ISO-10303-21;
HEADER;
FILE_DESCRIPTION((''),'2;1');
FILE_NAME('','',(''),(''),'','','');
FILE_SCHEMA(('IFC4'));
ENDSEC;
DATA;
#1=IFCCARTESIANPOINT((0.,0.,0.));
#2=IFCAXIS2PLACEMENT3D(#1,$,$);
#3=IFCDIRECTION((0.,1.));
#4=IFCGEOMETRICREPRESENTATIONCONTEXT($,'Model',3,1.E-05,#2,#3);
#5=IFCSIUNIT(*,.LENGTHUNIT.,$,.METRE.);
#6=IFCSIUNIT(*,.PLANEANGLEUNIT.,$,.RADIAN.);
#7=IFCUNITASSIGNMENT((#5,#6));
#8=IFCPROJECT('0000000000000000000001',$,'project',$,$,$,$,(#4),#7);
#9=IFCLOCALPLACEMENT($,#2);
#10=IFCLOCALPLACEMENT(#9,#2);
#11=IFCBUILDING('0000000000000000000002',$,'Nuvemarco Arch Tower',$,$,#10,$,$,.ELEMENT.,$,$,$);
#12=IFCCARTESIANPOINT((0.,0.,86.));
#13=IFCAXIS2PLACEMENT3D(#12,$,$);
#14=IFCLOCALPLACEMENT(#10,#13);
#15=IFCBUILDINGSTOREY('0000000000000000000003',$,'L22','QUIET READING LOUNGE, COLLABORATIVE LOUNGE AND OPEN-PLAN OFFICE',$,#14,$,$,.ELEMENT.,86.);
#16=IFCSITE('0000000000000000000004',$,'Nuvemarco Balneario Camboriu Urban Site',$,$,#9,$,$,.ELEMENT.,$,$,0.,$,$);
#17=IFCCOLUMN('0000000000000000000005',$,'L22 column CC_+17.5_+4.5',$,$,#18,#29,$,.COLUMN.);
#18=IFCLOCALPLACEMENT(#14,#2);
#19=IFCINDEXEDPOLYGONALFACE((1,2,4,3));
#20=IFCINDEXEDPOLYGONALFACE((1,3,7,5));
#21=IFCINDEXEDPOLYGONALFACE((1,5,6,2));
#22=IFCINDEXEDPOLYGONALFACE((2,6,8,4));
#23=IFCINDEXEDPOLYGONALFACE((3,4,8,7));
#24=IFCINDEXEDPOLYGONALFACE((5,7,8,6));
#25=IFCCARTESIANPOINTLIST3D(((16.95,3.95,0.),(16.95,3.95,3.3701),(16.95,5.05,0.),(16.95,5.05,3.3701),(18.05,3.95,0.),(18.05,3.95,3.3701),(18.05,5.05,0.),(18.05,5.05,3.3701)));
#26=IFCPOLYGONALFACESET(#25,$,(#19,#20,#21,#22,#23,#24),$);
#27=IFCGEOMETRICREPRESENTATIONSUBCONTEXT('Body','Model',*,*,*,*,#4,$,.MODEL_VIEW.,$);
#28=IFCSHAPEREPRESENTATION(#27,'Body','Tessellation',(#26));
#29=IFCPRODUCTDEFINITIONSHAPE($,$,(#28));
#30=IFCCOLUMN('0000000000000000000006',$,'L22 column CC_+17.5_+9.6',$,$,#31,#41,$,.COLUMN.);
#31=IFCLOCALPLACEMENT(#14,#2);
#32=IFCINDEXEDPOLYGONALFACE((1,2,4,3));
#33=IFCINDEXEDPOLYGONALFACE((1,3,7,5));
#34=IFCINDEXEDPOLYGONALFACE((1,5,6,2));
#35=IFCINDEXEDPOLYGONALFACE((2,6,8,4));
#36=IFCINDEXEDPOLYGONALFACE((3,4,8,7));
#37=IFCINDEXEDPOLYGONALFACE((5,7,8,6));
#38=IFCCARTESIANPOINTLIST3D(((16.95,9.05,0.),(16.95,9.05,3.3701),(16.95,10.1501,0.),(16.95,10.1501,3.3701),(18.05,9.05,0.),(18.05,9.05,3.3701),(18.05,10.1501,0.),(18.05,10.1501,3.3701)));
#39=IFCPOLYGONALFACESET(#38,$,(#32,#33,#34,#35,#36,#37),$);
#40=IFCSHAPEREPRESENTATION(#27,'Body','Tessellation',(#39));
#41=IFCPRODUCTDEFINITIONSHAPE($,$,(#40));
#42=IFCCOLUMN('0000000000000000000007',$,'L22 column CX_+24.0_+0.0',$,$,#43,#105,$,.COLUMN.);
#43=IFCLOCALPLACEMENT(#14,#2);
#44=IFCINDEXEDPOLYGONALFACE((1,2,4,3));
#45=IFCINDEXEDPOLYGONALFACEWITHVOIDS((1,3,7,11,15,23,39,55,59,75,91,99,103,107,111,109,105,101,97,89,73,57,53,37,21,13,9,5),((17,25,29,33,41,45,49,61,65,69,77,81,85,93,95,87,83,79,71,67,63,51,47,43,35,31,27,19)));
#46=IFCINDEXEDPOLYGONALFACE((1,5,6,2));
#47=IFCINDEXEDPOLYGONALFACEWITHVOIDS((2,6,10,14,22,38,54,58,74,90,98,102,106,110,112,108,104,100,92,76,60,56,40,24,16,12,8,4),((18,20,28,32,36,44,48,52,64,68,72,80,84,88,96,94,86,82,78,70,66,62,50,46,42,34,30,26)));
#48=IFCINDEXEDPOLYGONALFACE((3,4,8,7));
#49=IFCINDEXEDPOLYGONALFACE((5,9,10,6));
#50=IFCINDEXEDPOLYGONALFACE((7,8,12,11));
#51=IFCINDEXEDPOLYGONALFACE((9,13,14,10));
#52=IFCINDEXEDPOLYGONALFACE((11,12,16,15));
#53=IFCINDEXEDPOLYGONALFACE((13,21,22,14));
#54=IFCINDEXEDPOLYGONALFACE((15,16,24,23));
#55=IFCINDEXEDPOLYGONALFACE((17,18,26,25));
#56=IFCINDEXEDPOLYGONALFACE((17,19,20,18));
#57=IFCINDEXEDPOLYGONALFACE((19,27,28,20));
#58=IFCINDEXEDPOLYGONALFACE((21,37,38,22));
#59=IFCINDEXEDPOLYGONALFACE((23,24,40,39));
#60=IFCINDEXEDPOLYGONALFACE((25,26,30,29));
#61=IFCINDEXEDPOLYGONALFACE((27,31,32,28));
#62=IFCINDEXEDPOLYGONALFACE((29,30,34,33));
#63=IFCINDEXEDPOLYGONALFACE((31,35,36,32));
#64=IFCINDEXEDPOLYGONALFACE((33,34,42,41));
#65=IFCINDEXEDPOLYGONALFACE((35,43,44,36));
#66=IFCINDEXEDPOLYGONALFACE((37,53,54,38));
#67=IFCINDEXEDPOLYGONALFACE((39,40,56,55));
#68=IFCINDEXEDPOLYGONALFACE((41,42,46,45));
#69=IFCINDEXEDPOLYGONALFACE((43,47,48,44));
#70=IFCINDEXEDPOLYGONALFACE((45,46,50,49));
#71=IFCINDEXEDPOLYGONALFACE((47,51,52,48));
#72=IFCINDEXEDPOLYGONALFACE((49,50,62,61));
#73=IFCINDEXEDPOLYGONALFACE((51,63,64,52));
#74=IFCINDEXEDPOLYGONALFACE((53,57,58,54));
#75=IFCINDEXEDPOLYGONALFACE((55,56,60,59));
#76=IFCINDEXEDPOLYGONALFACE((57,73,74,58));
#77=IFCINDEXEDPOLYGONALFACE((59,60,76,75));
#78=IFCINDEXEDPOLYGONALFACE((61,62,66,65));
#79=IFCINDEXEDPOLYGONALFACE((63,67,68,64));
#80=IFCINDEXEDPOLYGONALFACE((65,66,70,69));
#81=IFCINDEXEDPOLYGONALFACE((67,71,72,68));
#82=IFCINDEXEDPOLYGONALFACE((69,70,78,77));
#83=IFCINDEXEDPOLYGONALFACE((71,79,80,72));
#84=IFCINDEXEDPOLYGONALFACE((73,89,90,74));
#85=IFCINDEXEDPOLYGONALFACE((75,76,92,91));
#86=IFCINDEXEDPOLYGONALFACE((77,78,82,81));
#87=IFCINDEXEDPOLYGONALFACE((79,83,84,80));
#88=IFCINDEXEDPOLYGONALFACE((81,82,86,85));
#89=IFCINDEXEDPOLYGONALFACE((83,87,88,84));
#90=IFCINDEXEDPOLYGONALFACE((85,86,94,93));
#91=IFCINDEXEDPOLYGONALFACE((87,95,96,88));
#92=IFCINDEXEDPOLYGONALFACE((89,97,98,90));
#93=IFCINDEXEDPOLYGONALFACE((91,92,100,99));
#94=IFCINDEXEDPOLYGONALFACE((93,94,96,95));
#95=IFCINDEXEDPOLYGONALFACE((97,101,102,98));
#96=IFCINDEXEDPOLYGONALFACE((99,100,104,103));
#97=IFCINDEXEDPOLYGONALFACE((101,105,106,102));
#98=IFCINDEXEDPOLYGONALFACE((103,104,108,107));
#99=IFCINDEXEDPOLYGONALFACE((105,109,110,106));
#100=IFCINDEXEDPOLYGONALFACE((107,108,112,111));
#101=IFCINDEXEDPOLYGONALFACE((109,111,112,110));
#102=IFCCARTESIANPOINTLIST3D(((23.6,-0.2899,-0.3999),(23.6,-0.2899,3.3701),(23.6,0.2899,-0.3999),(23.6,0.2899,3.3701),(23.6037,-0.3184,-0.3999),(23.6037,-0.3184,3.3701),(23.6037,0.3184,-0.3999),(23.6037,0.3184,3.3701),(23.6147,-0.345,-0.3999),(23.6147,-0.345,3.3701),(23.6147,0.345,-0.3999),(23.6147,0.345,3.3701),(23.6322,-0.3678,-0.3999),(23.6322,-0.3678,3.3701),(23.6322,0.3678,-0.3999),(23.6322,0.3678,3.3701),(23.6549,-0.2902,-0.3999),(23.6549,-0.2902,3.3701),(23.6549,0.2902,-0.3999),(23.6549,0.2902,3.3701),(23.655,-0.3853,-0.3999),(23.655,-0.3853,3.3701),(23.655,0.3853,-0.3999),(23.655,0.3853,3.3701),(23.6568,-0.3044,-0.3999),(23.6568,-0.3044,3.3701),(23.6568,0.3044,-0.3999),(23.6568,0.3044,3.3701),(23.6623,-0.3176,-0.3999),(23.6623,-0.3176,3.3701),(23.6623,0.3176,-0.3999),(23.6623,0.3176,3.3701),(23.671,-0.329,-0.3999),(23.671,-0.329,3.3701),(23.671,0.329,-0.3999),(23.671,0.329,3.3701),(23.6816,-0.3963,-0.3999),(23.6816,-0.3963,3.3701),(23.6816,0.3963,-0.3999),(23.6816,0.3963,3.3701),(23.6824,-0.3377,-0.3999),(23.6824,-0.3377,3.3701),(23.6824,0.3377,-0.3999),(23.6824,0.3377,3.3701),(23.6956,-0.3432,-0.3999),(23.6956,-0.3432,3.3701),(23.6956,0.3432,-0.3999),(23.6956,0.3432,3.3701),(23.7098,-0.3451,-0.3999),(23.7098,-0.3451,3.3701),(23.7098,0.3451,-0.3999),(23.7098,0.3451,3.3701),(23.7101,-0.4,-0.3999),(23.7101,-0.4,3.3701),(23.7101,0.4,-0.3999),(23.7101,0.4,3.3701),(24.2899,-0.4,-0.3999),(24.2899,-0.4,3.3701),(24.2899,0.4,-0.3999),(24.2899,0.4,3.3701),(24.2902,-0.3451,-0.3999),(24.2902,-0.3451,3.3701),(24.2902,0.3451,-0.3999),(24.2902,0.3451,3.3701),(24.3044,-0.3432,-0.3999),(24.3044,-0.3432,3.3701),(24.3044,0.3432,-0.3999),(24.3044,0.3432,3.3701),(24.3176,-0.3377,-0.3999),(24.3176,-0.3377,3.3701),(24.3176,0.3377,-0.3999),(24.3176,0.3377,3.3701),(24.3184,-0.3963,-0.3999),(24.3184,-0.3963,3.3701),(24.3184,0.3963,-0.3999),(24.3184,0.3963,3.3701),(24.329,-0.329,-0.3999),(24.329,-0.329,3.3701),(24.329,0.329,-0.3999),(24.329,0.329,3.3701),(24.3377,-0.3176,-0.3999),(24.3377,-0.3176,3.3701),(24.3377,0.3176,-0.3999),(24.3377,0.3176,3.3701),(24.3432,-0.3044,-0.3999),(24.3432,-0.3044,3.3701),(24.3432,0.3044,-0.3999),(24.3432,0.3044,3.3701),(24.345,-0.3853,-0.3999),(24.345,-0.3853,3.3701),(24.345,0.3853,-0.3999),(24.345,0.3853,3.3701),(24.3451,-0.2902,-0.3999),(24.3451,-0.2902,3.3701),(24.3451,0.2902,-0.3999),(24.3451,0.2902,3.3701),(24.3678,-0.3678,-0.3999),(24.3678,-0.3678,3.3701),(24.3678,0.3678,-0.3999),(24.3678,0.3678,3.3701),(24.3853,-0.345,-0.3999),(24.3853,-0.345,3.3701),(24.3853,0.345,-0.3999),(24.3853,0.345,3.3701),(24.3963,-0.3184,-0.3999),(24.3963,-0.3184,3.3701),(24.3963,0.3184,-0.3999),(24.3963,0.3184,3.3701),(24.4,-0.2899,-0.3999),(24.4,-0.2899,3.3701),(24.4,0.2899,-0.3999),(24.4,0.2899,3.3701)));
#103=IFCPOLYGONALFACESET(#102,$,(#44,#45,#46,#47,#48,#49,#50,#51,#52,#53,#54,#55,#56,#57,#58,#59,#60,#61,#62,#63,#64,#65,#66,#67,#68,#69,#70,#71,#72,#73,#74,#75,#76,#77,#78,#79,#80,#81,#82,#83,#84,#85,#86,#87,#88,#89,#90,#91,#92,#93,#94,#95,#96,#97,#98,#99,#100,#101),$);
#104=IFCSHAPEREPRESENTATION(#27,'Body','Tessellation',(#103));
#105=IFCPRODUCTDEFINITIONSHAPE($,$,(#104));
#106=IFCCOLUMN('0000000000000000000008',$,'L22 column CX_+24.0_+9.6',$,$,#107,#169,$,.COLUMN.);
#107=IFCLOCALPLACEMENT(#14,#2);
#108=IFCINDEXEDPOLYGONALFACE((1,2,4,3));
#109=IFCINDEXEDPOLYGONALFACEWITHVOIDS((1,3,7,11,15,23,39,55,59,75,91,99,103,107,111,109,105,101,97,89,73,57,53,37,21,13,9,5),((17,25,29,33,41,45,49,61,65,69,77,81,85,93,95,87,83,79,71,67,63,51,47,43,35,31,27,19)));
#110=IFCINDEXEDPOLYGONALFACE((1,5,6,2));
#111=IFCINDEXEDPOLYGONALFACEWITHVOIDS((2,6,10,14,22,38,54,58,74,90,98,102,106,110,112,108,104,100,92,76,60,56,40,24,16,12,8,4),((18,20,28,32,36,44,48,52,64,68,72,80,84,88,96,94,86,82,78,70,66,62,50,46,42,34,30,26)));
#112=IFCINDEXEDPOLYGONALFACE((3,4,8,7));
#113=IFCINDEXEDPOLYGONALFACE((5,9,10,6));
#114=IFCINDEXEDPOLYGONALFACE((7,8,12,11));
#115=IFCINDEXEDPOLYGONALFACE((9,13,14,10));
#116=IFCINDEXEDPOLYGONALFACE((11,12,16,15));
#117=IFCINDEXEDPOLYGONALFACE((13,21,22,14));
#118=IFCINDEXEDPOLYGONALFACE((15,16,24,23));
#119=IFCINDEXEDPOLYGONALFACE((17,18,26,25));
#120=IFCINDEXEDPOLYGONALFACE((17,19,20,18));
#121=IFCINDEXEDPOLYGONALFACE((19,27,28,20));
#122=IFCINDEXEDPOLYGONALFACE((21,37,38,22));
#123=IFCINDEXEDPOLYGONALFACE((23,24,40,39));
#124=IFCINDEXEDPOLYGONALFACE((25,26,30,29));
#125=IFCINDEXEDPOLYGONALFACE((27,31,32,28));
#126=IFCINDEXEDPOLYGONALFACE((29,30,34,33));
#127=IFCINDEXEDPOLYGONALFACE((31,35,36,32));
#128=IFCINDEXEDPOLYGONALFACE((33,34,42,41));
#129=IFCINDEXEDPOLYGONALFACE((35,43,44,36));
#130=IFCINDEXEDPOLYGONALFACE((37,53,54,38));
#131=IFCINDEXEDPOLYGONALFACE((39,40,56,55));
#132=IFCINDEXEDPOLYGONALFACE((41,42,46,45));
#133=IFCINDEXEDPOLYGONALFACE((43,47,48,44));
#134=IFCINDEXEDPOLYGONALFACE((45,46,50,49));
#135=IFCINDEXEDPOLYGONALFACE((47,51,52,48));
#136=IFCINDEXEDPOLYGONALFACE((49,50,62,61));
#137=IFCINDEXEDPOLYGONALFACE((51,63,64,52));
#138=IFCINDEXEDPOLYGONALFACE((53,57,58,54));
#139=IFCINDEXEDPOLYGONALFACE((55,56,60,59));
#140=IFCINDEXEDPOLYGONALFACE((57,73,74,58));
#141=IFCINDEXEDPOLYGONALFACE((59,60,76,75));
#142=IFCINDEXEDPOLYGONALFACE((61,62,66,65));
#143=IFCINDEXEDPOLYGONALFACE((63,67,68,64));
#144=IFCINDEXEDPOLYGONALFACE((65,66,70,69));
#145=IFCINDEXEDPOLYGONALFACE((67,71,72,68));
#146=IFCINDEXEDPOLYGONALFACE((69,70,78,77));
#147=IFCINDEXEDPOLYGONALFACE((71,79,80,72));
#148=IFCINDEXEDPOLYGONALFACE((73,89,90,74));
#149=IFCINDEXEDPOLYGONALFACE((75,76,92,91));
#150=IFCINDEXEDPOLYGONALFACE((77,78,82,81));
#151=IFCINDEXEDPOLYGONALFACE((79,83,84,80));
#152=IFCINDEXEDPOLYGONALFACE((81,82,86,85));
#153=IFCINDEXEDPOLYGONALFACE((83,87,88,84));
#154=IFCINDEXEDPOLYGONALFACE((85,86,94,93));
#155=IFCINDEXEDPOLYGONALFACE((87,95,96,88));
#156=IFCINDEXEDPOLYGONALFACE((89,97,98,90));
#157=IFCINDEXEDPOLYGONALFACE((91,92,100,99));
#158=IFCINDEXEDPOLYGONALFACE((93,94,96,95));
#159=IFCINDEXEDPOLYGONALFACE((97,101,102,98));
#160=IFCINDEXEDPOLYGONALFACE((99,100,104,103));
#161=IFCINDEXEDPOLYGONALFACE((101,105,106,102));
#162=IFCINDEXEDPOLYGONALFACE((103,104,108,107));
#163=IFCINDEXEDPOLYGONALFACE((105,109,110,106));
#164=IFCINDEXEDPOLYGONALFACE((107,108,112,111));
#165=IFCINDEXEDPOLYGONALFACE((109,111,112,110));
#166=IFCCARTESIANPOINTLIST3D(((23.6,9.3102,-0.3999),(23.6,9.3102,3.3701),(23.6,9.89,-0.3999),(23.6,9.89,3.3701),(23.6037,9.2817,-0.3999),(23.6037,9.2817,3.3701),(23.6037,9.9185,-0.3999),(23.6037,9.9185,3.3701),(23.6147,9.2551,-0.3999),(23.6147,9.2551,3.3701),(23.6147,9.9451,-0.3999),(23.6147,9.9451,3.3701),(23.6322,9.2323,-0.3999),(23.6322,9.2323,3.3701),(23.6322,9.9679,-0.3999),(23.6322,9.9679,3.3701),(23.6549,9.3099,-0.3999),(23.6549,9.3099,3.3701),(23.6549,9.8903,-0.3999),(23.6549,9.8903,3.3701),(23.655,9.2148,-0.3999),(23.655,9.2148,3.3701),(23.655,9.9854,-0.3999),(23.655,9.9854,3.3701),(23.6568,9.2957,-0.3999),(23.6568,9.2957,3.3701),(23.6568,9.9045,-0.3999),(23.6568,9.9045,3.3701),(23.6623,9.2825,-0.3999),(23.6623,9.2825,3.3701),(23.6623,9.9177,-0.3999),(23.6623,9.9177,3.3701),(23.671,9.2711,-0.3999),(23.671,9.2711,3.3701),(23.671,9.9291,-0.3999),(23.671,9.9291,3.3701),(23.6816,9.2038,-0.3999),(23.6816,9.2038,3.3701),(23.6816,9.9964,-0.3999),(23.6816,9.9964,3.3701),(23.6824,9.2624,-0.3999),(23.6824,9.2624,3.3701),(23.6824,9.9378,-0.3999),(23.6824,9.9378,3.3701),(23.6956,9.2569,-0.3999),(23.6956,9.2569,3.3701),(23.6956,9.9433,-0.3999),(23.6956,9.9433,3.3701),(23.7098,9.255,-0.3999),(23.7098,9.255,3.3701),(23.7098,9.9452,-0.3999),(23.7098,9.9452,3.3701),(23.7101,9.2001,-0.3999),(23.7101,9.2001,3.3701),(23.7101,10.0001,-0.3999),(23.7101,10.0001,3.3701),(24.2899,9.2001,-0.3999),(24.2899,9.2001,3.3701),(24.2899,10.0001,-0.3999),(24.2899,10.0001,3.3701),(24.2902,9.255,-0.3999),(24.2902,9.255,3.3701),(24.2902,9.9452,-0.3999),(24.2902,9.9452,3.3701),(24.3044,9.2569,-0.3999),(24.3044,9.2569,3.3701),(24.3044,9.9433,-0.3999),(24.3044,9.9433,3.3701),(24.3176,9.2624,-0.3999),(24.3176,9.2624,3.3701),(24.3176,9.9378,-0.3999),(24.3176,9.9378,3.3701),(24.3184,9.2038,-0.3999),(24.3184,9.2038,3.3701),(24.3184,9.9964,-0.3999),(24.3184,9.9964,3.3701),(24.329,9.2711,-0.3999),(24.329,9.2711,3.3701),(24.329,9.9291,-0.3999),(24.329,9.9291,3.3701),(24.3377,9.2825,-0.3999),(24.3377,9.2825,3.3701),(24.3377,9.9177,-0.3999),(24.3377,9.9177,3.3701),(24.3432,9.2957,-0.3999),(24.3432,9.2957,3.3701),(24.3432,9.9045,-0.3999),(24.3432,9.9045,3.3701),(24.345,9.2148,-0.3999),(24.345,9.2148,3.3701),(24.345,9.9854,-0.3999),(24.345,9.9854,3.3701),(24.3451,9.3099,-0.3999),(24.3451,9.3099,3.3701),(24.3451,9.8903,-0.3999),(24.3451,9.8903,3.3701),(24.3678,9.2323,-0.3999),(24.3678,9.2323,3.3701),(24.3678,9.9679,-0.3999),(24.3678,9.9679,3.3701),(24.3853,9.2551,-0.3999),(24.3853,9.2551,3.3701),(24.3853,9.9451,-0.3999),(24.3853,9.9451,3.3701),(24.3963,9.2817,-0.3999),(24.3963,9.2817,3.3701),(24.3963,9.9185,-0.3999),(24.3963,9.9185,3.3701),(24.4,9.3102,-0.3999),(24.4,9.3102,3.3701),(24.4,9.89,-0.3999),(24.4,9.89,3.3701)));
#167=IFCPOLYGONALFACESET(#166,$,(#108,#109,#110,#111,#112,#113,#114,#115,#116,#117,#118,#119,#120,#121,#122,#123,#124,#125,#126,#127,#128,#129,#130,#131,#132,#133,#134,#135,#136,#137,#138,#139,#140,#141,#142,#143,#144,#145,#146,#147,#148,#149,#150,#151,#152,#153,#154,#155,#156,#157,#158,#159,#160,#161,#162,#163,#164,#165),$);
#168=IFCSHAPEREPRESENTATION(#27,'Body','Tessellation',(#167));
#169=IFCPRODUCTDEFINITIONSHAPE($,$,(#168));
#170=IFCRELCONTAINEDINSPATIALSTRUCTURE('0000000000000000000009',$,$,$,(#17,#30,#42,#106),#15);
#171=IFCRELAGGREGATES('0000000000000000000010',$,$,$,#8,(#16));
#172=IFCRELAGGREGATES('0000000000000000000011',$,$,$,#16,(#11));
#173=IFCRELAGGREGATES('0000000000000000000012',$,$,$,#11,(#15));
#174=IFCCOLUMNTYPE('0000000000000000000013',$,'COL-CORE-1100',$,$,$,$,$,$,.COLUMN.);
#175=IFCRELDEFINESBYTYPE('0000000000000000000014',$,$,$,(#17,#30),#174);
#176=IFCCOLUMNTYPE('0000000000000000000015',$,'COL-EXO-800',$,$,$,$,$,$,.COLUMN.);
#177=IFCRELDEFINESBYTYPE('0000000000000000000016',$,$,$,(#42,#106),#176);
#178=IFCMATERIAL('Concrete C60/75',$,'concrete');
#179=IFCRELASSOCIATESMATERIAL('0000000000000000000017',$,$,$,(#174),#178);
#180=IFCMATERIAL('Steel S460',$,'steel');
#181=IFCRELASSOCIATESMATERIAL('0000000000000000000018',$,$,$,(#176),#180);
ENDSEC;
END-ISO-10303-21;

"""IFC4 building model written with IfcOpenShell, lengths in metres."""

from ifc_helpers import new_model, si_unit, direction, frame, origin, origin_2d, place, context, subcontext, project, spatial, rectangle, hollow_rectangle, extrude, material, material_profile, profile_set, type_object, element, save


model = new_model("IFC4")

# Units and contexts
model_context = context("Model", 3, precision=1e-05, world=origin(), true_north=direction((0.0, 1.0)))
body_context = subcontext(model_context, "Body", "Model", "MODEL_VIEW")
ifc_project = project(units=[si_unit("LENGTHUNIT", "METRE"), si_unit("PLANEANGLEUNIT", "RADIAN")], contexts=[model_context])

# Site, building, storey
site_placement = place(None, origin())
site = spatial("IfcSite", under=ifc_project, at=site_placement, Name="Nuvemarco Balneario Camboriu Urban Site", CompositionType="ELEMENT", RefElevation=0.0)
building_placement = place(site_placement, origin())
building = spatial("IfcBuilding", under=site, at=building_placement, Name="Nuvemarco Arch Tower", CompositionType="ELEMENT")
storey_placement = place(building_placement, frame((0.0, 0.0, 86.0)))
storey = spatial("IfcBuildingStorey", under=building, at=storey_placement, Name="L22", Description="QUIET READING LOUNGE, COLLABORATIVE LOUNGE AND OPEN-PLAN OFFICE", CompositionType="ELEMENT", Elevation=86.0)

# Columns
ifc_material_1 = material(Name="Concrete C60/75", Category="concrete")
ifc_material_profile_1 = material_profile(ifc_material_1, rectangle(XDim=1.1001, YDim=1.1001, at=origin_2d()), Name="RC-COL-1100x1100")
ifc_profile_set_1 = profile_set([ifc_material_profile_1], Name="Concrete C60/75")
column_type_1 = type_object("IfcColumnType", Name="COL-CORE-1100", PredefinedType="COLUMN", material=ifc_profile_set_1)
for number, where, z_axis, x_axis, name in (
    (1, (17.5, 4.5, 0.0), (0.0, 0.0, 1.0), (1.0, 0.0, 0.0), "L22 column CC_+17.5_+4.5"),
    (2, (17.5, 9.6001, 0.0), (0.0, 0.0, 1.0), (1.0, 0.0, 0.0), "L22 column CC_+17.5_+9.6"),
):
    element("IfcColumn", number, at=place(storey_placement, frame(where, z_axis=z_axis, x_axis=x_axis)), inside=storey, type_object=column_type_1, Name=name, PredefinedType="COLUMN", context=body_context, shape_type="SweptSolid", body=[
        extrude(rectangle(XDim=1.1001, YDim=1.1001, at=origin_2d()), origin(), (0.0, 0.0, 1.0), 3.3701),
    ])
ifc_material_2 = material(Name="Steel S460", Category="steel")
ifc_material_profile_2 = material_profile(ifc_material_2, hollow_rectangle(XDim=0.8, YDim=0.8, WallThickness=0.0549, InnerFilletRadius=0.0549, OuterFilletRadius=0.1101, at=origin_2d()), Name="SHS800x800x55")
ifc_profile_set_2 = profile_set([ifc_material_profile_2], Name="Steel S460")
column_type_2 = type_object("IfcColumnType", Name="COL-EXO-800", PredefinedType="COLUMN", material=ifc_profile_set_2)
for number, where, z_axis, x_axis, name in (
    (3, (24.0, 0.0, -0.3999), (0.0, 0.0, 1.0), (1.0, 0.0, 0.0), "L22 column CX_+24.0_+0.0"),
    (4, (24.0, 9.6001, -0.3999), (0.0, 0.0, 1.0), (1.0, 0.0, 0.0), "L22 column CX_+24.0_+9.6"),
):
    element("IfcColumn", number, at=place(storey_placement, frame(where, z_axis=z_axis, x_axis=x_axis)), inside=storey, type_object=column_type_2, Name=name, PredefinedType="COLUMN", context=body_context, shape_type="SweptSolid", body=[
        extrude(hollow_rectangle(XDim=0.8, YDim=0.8, WallThickness=0.0549, InnerFilletRadius=0.0549, OuterFilletRadius=0.1101, at=origin_2d()), origin(), (0.0, 0.0, 1.0), 3.77),
    ])

save(model, "model.ifc")
